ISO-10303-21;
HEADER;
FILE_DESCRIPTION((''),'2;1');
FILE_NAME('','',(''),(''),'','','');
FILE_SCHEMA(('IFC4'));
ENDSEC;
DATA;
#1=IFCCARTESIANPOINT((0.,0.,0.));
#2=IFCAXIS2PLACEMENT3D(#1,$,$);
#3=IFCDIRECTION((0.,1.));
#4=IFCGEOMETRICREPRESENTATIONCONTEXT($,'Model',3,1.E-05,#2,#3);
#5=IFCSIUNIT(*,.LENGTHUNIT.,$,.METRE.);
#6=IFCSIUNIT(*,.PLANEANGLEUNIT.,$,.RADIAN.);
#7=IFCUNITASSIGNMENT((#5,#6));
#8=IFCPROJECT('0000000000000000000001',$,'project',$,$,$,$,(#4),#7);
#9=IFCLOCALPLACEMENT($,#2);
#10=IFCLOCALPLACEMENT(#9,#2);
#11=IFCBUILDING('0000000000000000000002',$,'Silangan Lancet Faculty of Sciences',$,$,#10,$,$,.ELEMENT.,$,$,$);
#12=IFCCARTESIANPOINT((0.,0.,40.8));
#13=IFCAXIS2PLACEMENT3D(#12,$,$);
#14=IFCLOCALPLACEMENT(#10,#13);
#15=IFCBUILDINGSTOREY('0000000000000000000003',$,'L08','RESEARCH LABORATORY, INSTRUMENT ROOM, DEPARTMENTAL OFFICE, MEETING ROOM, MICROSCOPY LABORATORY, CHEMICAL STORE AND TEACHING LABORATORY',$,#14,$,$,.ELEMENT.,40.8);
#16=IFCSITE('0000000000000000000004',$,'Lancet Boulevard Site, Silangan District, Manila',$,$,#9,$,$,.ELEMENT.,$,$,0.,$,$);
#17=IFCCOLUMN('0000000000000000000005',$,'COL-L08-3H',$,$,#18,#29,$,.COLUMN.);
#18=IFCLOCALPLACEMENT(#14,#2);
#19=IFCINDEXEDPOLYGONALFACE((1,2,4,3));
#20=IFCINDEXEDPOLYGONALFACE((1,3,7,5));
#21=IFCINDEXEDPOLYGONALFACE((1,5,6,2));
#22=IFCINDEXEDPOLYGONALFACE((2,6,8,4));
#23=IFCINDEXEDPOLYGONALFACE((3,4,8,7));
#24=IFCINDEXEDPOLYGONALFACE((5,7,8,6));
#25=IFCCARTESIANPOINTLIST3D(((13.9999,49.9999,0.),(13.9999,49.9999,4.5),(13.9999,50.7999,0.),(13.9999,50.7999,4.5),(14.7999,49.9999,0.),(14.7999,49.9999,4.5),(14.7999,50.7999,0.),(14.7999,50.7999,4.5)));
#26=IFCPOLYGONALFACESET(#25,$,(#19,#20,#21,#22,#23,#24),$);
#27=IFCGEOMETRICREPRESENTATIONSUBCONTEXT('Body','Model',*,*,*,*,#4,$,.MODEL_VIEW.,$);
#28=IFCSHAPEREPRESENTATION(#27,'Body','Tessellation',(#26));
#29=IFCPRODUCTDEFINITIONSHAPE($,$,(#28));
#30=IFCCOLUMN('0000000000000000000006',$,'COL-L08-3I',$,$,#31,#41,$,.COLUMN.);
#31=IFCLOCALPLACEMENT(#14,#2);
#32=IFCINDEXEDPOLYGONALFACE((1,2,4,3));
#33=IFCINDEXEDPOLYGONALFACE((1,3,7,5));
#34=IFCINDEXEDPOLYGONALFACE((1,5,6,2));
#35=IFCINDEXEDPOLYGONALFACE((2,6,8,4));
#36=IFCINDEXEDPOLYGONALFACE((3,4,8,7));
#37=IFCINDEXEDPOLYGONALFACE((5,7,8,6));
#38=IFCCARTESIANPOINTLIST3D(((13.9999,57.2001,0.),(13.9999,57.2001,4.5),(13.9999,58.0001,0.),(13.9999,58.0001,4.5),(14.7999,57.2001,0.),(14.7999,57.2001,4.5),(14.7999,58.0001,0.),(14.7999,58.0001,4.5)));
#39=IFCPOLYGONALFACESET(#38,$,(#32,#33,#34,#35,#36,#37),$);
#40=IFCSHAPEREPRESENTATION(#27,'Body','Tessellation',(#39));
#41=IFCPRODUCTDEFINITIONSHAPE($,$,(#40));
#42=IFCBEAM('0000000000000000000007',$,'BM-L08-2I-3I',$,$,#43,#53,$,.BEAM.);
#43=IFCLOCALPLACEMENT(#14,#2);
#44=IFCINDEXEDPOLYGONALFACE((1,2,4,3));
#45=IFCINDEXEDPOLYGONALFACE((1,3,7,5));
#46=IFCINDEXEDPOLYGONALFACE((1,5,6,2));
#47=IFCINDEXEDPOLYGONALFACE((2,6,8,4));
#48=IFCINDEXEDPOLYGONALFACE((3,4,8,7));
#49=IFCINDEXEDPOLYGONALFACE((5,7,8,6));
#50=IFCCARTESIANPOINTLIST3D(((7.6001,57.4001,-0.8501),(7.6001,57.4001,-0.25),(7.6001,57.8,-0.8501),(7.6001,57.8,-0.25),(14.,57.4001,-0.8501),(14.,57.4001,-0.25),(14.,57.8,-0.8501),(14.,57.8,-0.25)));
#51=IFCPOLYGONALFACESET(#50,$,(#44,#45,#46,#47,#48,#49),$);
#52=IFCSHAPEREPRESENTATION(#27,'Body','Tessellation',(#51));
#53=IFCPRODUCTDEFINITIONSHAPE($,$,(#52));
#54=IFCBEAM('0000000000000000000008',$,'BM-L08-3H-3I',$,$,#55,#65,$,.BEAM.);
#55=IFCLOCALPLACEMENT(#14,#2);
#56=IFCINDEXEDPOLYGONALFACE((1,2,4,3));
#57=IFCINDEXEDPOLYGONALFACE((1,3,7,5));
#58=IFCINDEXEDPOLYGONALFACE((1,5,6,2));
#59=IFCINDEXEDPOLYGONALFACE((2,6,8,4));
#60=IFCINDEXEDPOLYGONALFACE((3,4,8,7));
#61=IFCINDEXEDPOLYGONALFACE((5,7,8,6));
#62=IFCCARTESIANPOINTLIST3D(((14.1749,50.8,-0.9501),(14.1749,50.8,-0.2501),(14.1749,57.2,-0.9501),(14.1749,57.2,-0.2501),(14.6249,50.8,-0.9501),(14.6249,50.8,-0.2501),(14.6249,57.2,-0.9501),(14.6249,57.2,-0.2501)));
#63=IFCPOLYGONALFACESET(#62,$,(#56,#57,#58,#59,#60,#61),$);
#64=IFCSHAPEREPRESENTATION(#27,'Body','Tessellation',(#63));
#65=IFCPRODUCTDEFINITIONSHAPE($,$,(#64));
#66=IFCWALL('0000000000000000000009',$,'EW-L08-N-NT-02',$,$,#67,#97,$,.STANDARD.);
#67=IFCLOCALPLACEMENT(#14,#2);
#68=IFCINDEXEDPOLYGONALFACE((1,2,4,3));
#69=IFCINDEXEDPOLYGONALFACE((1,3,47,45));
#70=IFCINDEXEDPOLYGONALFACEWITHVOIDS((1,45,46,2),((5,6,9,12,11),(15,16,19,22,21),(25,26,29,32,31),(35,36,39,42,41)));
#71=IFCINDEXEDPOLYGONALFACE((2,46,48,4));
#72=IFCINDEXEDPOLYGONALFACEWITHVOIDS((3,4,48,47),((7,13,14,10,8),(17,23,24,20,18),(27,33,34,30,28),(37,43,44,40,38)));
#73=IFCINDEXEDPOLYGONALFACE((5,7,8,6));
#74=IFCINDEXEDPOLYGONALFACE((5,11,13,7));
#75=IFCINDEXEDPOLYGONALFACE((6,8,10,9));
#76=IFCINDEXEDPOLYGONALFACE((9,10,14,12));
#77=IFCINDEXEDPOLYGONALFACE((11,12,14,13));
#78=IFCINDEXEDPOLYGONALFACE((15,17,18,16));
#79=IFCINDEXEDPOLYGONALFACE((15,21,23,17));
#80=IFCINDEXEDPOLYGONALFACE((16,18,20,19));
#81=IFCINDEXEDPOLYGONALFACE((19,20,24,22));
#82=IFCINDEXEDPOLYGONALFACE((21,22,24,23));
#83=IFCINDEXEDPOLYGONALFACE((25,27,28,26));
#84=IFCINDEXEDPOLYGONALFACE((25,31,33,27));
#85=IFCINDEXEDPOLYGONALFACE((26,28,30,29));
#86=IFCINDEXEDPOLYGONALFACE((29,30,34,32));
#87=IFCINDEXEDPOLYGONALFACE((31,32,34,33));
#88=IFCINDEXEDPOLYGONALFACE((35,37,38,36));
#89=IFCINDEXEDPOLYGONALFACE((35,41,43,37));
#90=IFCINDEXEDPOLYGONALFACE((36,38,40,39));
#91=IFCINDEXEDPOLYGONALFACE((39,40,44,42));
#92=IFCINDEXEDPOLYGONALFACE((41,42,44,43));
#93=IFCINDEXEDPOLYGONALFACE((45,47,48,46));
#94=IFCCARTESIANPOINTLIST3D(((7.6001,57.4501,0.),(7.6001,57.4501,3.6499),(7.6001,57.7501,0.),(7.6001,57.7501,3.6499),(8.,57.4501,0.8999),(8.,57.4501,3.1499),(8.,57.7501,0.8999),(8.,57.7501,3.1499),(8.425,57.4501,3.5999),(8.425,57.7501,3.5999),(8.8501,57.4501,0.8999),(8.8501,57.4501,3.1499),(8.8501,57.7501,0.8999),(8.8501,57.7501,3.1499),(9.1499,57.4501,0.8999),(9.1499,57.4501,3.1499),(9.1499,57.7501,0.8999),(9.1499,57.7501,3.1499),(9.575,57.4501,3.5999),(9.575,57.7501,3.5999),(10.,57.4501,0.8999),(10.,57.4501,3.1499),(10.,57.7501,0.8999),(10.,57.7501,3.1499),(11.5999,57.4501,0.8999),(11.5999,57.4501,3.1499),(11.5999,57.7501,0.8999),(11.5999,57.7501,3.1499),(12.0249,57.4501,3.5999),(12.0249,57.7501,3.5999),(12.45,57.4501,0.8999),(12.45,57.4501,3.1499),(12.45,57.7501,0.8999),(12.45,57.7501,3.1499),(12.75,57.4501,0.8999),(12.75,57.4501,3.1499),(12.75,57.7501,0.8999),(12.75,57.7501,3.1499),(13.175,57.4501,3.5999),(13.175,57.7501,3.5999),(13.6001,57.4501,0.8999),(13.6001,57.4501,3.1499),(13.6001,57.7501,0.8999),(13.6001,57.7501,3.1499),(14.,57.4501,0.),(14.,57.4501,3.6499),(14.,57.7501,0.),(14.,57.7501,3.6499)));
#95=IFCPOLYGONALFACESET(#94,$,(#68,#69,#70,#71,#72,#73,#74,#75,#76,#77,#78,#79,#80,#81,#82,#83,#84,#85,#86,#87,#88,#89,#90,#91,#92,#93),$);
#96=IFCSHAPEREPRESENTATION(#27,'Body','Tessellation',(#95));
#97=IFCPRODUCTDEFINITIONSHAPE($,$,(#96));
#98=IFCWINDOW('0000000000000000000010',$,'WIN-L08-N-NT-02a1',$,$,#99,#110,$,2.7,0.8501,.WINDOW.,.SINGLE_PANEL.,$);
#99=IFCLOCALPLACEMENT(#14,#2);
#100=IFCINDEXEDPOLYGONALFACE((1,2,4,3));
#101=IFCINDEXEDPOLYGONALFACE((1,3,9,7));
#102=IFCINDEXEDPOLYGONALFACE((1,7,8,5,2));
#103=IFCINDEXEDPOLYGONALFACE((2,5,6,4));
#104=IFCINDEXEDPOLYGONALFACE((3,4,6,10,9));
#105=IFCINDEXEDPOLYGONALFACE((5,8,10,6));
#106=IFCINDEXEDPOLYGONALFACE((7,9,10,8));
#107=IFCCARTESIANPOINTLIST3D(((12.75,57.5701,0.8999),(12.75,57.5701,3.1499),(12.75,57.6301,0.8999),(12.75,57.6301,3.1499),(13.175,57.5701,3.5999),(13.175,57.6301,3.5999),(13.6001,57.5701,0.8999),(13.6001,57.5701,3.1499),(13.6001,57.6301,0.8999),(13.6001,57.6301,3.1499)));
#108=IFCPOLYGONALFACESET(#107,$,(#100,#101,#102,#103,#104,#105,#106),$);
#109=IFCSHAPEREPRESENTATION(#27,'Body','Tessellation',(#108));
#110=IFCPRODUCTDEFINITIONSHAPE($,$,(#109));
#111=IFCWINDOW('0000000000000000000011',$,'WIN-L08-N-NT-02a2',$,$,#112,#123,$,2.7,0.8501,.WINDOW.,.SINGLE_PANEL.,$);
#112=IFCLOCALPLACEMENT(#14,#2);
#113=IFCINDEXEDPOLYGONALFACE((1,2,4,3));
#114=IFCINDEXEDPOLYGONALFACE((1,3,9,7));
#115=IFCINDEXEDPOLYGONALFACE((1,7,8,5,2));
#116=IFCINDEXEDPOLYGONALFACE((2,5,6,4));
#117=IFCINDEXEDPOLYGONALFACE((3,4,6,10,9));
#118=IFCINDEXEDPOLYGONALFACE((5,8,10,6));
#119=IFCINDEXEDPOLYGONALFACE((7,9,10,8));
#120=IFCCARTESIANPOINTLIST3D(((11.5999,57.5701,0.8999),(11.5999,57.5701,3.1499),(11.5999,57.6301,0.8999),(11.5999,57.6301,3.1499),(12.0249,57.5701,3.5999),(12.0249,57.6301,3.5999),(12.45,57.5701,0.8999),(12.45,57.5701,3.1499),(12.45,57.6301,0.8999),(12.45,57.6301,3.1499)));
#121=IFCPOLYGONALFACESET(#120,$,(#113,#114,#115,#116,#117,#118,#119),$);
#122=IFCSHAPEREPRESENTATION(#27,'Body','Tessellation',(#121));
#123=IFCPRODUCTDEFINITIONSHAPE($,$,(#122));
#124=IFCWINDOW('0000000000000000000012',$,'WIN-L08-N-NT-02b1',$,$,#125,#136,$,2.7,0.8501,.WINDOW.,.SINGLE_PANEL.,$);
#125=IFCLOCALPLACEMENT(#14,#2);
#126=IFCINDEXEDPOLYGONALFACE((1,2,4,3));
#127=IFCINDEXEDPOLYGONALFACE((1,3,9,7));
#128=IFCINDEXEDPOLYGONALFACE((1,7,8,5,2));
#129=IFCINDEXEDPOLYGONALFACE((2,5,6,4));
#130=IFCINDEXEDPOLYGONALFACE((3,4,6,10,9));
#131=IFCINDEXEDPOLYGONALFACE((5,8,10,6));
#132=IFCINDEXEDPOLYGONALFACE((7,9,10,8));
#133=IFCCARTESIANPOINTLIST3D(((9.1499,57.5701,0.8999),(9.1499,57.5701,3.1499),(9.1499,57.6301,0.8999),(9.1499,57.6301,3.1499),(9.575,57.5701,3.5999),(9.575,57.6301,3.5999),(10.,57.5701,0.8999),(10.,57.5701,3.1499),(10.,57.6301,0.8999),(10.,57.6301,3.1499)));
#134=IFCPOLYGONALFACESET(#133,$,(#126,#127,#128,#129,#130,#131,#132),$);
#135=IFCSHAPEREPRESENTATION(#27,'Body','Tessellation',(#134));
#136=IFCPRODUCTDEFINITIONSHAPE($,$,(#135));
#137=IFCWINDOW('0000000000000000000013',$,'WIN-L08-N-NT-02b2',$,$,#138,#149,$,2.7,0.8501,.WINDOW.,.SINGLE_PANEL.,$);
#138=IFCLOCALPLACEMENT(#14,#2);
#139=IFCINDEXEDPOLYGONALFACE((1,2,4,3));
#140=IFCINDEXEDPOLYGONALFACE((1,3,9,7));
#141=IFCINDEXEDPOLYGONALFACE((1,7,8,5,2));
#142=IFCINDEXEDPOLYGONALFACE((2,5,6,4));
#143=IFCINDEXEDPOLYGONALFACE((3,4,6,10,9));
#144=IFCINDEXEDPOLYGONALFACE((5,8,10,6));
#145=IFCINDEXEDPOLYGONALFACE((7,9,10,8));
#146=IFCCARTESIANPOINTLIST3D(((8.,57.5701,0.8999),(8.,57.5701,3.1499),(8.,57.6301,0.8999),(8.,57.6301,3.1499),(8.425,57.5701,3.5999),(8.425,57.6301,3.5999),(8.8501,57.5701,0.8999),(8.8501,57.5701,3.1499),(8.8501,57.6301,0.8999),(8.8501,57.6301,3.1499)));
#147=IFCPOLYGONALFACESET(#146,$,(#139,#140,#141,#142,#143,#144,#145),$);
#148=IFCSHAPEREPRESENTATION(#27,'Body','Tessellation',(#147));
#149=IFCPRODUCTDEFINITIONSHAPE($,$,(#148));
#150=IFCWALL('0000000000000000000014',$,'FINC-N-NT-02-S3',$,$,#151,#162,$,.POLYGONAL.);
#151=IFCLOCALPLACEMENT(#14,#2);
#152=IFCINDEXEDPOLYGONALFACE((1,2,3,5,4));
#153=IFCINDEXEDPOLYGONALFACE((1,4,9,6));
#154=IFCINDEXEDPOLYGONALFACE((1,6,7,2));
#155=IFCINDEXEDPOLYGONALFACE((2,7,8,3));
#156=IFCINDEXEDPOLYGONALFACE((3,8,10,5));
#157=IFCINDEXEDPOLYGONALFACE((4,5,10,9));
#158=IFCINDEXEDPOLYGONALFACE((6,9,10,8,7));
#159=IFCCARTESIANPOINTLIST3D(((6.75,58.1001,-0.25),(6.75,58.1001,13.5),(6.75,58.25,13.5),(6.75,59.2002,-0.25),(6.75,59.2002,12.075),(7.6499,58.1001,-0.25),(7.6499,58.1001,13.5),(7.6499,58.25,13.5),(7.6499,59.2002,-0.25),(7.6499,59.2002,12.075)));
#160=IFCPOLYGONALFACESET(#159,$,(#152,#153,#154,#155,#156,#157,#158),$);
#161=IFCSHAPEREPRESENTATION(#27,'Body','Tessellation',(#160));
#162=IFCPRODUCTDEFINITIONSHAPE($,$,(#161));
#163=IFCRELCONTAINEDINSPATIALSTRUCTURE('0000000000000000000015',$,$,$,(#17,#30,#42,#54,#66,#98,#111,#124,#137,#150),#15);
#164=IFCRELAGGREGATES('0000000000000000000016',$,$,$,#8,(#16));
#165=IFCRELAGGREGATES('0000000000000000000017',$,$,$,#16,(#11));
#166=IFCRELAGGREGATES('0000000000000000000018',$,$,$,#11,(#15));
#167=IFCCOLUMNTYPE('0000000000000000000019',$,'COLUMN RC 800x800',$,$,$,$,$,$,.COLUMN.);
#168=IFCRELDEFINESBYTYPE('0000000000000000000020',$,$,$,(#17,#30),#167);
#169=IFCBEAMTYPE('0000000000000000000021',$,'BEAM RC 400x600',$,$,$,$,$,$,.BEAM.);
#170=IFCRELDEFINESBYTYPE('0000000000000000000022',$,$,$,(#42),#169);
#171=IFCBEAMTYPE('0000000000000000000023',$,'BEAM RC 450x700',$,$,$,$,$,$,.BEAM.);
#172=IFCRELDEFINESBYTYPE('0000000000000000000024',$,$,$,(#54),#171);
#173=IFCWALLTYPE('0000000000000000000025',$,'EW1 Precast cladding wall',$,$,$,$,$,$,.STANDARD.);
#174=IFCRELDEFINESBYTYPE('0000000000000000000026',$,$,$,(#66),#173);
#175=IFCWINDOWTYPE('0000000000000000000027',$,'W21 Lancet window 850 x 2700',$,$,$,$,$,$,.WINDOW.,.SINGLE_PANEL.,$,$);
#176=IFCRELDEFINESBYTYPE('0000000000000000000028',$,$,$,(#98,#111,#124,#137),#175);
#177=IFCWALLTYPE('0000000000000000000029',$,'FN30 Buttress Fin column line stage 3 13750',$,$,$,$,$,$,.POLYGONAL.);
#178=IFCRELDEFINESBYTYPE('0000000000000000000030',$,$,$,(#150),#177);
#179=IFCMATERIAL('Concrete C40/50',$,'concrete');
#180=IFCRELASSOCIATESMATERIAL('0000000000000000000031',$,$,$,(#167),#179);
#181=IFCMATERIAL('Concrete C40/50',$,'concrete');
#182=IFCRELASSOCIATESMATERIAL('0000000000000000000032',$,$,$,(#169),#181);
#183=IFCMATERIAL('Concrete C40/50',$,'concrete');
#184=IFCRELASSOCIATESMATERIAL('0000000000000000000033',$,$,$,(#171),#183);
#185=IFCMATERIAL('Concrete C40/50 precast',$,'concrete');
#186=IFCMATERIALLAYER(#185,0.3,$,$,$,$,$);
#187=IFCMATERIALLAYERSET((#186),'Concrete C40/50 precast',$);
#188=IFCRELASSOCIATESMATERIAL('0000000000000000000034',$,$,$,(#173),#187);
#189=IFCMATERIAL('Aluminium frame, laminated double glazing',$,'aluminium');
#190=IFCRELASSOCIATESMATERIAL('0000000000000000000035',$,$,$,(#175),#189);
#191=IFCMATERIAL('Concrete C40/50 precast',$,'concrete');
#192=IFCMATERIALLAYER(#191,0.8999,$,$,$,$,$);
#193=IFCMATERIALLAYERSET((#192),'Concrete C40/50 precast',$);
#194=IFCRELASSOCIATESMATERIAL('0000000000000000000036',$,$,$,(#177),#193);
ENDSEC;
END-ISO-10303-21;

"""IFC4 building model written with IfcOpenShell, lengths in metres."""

from ifc_helpers import new_model, si_unit, direction, frame, frame_2d, origin, origin_2d, place, context, subcontext, project, spatial, polyline, rectangle, outline, extrude, material, layer, layer_set, material_profile, profile_set, type_object, element, fill, save


model = new_model("IFC4")

# Units and contexts
model_context = context("Model", 3, precision=1e-05, world=origin(), true_north=direction((0.0, 1.0)))
body_context = subcontext(model_context, "Body", "Model", "MODEL_VIEW")
ifc_project = project(units=[si_unit("LENGTHUNIT", "METRE"), si_unit("PLANEANGLEUNIT", "RADIAN")], contexts=[model_context])

# Site, building, storey
site_placement = place(None, origin())
site = spatial("IfcSite", under=ifc_project, at=site_placement, Name="Lancet Boulevard Site, Silangan District, Manila", CompositionType="ELEMENT", RefElevation=0.0)
building_placement = place(site_placement, origin())
building = spatial("IfcBuilding", under=site, at=building_placement, Name="Silangan Lancet Faculty of Sciences", CompositionType="ELEMENT")
storey_placement = place(building_placement, frame((0.0, 0.0, 40.8)))
storey = spatial("IfcBuildingStorey", under=building, at=storey_placement, Name="L08", Description="RESEARCH LABORATORY, INSTRUMENT ROOM, DEPARTMENTAL OFFICE, MEETING ROOM, MICROSCOPY LABORATORY, CHEMICAL STORE AND TEACHING LABORATORY", CompositionType="ELEMENT", Elevation=40.8)

# Columns
ifc_material_1 = material(Name="Concrete C40/50", Category="concrete")
ifc_material_profile_1 = material_profile(ifc_material_1, rectangle(XDim=0.8, YDim=0.8, at=origin_2d()), Name="RC 800x800")
ifc_profile_set_1 = profile_set([ifc_material_profile_1], Name="Concrete C40/50")
column_type = type_object("IfcColumnType", Name="COLUMN RC 800x800", PredefinedType="COLUMN", material=ifc_profile_set_1)
for number, where, z_axis, x_axis, name in (
    (1, (14.3999, 50.3999, 0.0), (0.0, 0.0, 1.0), (1.0, 0.0, 0.0), "COL-L08-3H"),
    (2, (14.3999, 57.6001, 0.0), (0.0, 0.0, 1.0), (1.0, 0.0, 0.0), "COL-L08-3I"),
):
    element("IfcColumn", number, at=place(storey_placement, frame(where, z_axis=z_axis, x_axis=x_axis)), inside=storey, type_object=column_type, Name=name, PredefinedType="COLUMN", context=body_context, shape_type="SweptSolid", body=[
        extrude(rectangle(XDim=0.8, YDim=0.8, at=origin_2d()), origin(), (0.0, 0.0, 1.0), 4.5),
    ])

# Beams
ifc_material_2 = material(Name="Concrete C40/50", Category="concrete")
ifc_material_profile_2 = material_profile(ifc_material_2, rectangle(XDim=0.3999, YDim=0.6001, at=origin_2d()), Name="RC 400x600")
ifc_profile_set_2 = profile_set([ifc_material_profile_2], Name="Concrete C40/50")
beam_type_1 = type_object("IfcBeamType", Name="BEAM RC 400x600", PredefinedType="BEAM", material=ifc_profile_set_2)
beam_1_placement = place(storey_placement, frame((7.6001, 57.6001, -0.55), z_axis=(1.0, 0.0, 0.0), x_axis=(0.0, 1.0, 0.0)))
element("IfcBeam", 3, at=beam_1_placement, inside=storey, type_object=beam_type_1, Name="BM-L08-2I-3I", PredefinedType="BEAM", context=body_context, shape_type="SweptSolid", body=[
    extrude(rectangle(XDim=0.3999, YDim=0.6001, at=origin_2d()), origin(), (0.0, 0.0, 1.0), 6.3999),
])
ifc_material_3 = material(Name="Concrete C40/50", Category="concrete")
ifc_material_profile_3 = material_profile(ifc_material_3, rectangle(XDim=0.45, YDim=0.7, at=origin_2d()), Name="RC 450x700")
ifc_profile_set_3 = profile_set([ifc_material_profile_3], Name="Concrete C40/50")
beam_type_2 = type_object("IfcBeamType", Name="BEAM RC 450x700", PredefinedType="BEAM", material=ifc_profile_set_3)
beam_2_placement = place(storey_placement, frame((14.3999, 50.8, -0.6001), z_axis=(0.0, 1.0, 0.0), x_axis=(-1.0, 0.0, 0.0)))
element("IfcBeam", 4, at=beam_2_placement, inside=storey, type_object=beam_type_2, Name="BM-L08-3H-3I", PredefinedType="BEAM", context=body_context, shape_type="SweptSolid", body=[
    extrude(rectangle(XDim=0.45, YDim=0.7, at=origin_2d()), origin(), (0.0, 0.0, 1.0), 6.3999),
])

# Wall, openings, windows
ifc_material_4 = material(Name="Concrete C40/50 precast", Category="concrete")
ifc_layer_1 = layer(ifc_material_4, 0.3)
ifc_layer_set_1 = layer_set([ifc_layer_1], Name="Concrete C40/50 precast")
wall_type_1 = type_object("IfcWallType", Name="EW1 Precast cladding wall", PredefinedType="STANDARD", material=ifc_layer_set_1)
wall_1_placement = place(storey_placement, frame((14.0, 57.6001, 0.0), z_axis=(0.0, 0.0, 1.0), x_axis=(-1.0, 0.0, 0.0)))
wall_1 = element("IfcWall", 5, at=wall_1_placement, inside=storey, type_object=wall_type_1, Name="EW-L08-N-NT-02", PredefinedType="STANDARD", context=body_context, shape_type="SweptSolid", body=[
    extrude(rectangle(XDim=6.3999, YDim=0.3, at=frame_2d((3.2, 0.0))), origin(), (0.0, 0.0, 1.0), 3.6499),
])
opening_1_placement = place(wall_1_placement, frame((0.3999, 0.0, 0.8999)))
opening_1 = element("IfcOpeningElement", 6, at=opening_1_placement, cuts=wall_1, PredefinedType="OPENING", context=body_context, shape_type="SweptSolid", body=[
    extrude(outline(polyline([(0.0, 0.0), (0.8501, 0.0), (0.8501, 2.25), (0.425, 2.7), (0.0, 2.25), (0.0, 0.0)])), frame((0.0, 0.1599, 0.0), z_axis=(0.0, -1.0, 0.0), x_axis=(1.0, 0.0, 0.0)), (0.0, 0.0, 1.0), 0.3201),
])
opening_2_placement = place(wall_1_placement, frame((1.55, 0.0, 0.8999)))
opening_2 = element("IfcOpeningElement", 7, at=opening_2_placement, cuts=wall_1, PredefinedType="OPENING", context=body_context, shape_type="SweptSolid", body=[
    extrude(outline(polyline([(0.0, 0.0), (0.8501, 0.0), (0.8501, 2.25), (0.425, 2.7), (0.0, 2.25), (0.0, 0.0)])), frame((0.0, 0.1599, 0.0), z_axis=(0.0, -1.0, 0.0), x_axis=(1.0, 0.0, 0.0)), (0.0, 0.0, 1.0), 0.3201),
])
opening_3_placement = place(wall_1_placement, frame((4.0, 0.0, 0.8999)))
opening_3 = element("IfcOpeningElement", 8, at=opening_3_placement, cuts=wall_1, PredefinedType="OPENING", context=body_context, shape_type="SweptSolid", body=[
    extrude(outline(polyline([(0.0, 0.0), (0.8501, 0.0), (0.8501, 2.25), (0.425, 2.7), (0.0, 2.25), (0.0, 0.0)])), frame((0.0, 0.1599, 0.0), z_axis=(0.0, -1.0, 0.0), x_axis=(1.0, 0.0, 0.0)), (0.0, 0.0, 1.0), 0.3201),
])
opening_4_placement = place(wall_1_placement, frame((5.1499, 0.0, 0.8999)))
opening_4 = element("IfcOpeningElement", 9, at=opening_4_placement, cuts=wall_1, PredefinedType="OPENING", context=body_context, shape_type="SweptSolid", body=[
    extrude(outline(polyline([(0.0, 0.0), (0.8501, 0.0), (0.8501, 2.25), (0.425, 2.7), (0.0, 2.25), (0.0, 0.0)])), frame((0.0, 0.1599, 0.0), z_axis=(0.0, -1.0, 0.0), x_axis=(1.0, 0.0, 0.0)), (0.0, 0.0, 1.0), 0.3201),
])
ifc_material_5 = material(Name="Aluminium frame, laminated double glazing", Category="aluminium")
window_type = type_object("IfcWindowType", Name="W21 Lancet window 850 x 2700", PartitioningType="SINGLE_PANEL", PredefinedType="WINDOW", material=ifc_material_5)
window_1_placement = place(opening_1_placement, origin())
window_1 = element("IfcWindow", 10, at=window_1_placement, inside=storey, type_object=window_type, Name="WIN-L08-N-NT-02a1", OverallHeight=2.7, OverallWidth=0.8501, PartitioningType="SINGLE_PANEL", PredefinedType="WINDOW", context=body_context, shape_type="SweptSolid", body=[
    extrude(outline(polyline([(0.0, 0.0), (0.8501, 0.0), (0.8501, 2.25), (0.425, 2.7), (0.0, 2.25), (0.0, 0.0)])), frame((0.0, 0.03, 0.0), z_axis=(0.0, -1.0, 0.0), x_axis=(1.0, 0.0, 0.0)), (0.0, 0.0, 1.0), 0.0601),
])
fill(opening_1, window_1)
window_2_placement = place(opening_2_placement, origin())
window_2 = element("IfcWindow", 11, at=window_2_placement, inside=storey, type_object=window_type, Name="WIN-L08-N-NT-02a2", OverallHeight=2.7, OverallWidth=0.8501, PartitioningType="SINGLE_PANEL", PredefinedType="WINDOW", context=body_context, shape_type="SweptSolid", body=[
    extrude(outline(polyline([(0.0, 0.0), (0.8501, 0.0), (0.8501, 2.25), (0.425, 2.7), (0.0, 2.25), (0.0, 0.0)])), frame((0.0, 0.03, 0.0), z_axis=(0.0, -1.0, 0.0), x_axis=(1.0, 0.0, 0.0)), (0.0, 0.0, 1.0), 0.0601),
])
fill(opening_2, window_2)
window_3_placement = place(opening_3_placement, origin())
window_3 = element("IfcWindow", 12, at=window_3_placement, inside=storey, type_object=window_type, Name="WIN-L08-N-NT-02b1", OverallHeight=2.7, OverallWidth=0.8501, PartitioningType="SINGLE_PANEL", PredefinedType="WINDOW", context=body_context, shape_type="SweptSolid", body=[
    extrude(outline(polyline([(0.0, 0.0), (0.8501, 0.0), (0.8501, 2.25), (0.425, 2.7), (0.0, 2.25), (0.0, 0.0)])), frame((0.0, 0.03, 0.0), z_axis=(0.0, -1.0, 0.0), x_axis=(1.0, 0.0, 0.0)), (0.0, 0.0, 1.0), 0.0601),
])
fill(opening_3, window_3)
window_4_placement = place(opening_4_placement, origin())
window_4 = element("IfcWindow", 13, at=window_4_placement, inside=storey, type_object=window_type, Name="WIN-L08-N-NT-02b2", OverallHeight=2.7, OverallWidth=0.8501, PartitioningType="SINGLE_PANEL", PredefinedType="WINDOW", context=body_context, shape_type="SweptSolid", body=[
    extrude(outline(polyline([(0.0, 0.0), (0.8501, 0.0), (0.8501, 2.25), (0.425, 2.7), (0.0, 2.25), (0.0, 0.0)])), frame((0.0, 0.03, 0.0), z_axis=(0.0, -1.0, 0.0), x_axis=(1.0, 0.0, 0.0)), (0.0, 0.0, 1.0), 0.0601),
])
fill(opening_4, window_4)

# Wall
ifc_material_6 = material(Name="Concrete C40/50 precast", Category="concrete")
ifc_layer_2 = layer(ifc_material_6, 0.8999)
ifc_layer_set_2 = layer_set([ifc_layer_2], Name="Concrete C40/50 precast")
wall_type_2 = type_object("IfcWallType", Name="FN30 Buttress Fin column line stage 3 13750", PredefinedType="POLYGONAL", material=ifc_layer_set_2)
for number, where, z_axis, x_axis, name in (
    (14, (7.2, 58.1001, -0.25), (0.0, 0.0, 1.0), (0.0, 1.0, 0.0), "FINC-N-NT-02-S3"),
):
    element("IfcWall", number, at=place(storey_placement, frame(where, z_axis=z_axis, x_axis=x_axis)), inside=storey, type_object=wall_type_2, Name=name, PredefinedType="POLYGONAL", context=body_context, shape_type="SweptSolid", body=[
        extrude(outline(polyline([(1.1001, 0.0), (1.1001, 12.325), (0.1499, 13.75), (0.0, 13.75), (0.0, 0.0), (1.1001, 0.0)])), frame((0.0, 0.45, 0.0), z_axis=(0.0, -1.0, 0.0), x_axis=(1.0, 0.0, 0.0)), (0.0, 0.0, 1.0), 0.8999),
    ])

save(model, "model.ifc")
